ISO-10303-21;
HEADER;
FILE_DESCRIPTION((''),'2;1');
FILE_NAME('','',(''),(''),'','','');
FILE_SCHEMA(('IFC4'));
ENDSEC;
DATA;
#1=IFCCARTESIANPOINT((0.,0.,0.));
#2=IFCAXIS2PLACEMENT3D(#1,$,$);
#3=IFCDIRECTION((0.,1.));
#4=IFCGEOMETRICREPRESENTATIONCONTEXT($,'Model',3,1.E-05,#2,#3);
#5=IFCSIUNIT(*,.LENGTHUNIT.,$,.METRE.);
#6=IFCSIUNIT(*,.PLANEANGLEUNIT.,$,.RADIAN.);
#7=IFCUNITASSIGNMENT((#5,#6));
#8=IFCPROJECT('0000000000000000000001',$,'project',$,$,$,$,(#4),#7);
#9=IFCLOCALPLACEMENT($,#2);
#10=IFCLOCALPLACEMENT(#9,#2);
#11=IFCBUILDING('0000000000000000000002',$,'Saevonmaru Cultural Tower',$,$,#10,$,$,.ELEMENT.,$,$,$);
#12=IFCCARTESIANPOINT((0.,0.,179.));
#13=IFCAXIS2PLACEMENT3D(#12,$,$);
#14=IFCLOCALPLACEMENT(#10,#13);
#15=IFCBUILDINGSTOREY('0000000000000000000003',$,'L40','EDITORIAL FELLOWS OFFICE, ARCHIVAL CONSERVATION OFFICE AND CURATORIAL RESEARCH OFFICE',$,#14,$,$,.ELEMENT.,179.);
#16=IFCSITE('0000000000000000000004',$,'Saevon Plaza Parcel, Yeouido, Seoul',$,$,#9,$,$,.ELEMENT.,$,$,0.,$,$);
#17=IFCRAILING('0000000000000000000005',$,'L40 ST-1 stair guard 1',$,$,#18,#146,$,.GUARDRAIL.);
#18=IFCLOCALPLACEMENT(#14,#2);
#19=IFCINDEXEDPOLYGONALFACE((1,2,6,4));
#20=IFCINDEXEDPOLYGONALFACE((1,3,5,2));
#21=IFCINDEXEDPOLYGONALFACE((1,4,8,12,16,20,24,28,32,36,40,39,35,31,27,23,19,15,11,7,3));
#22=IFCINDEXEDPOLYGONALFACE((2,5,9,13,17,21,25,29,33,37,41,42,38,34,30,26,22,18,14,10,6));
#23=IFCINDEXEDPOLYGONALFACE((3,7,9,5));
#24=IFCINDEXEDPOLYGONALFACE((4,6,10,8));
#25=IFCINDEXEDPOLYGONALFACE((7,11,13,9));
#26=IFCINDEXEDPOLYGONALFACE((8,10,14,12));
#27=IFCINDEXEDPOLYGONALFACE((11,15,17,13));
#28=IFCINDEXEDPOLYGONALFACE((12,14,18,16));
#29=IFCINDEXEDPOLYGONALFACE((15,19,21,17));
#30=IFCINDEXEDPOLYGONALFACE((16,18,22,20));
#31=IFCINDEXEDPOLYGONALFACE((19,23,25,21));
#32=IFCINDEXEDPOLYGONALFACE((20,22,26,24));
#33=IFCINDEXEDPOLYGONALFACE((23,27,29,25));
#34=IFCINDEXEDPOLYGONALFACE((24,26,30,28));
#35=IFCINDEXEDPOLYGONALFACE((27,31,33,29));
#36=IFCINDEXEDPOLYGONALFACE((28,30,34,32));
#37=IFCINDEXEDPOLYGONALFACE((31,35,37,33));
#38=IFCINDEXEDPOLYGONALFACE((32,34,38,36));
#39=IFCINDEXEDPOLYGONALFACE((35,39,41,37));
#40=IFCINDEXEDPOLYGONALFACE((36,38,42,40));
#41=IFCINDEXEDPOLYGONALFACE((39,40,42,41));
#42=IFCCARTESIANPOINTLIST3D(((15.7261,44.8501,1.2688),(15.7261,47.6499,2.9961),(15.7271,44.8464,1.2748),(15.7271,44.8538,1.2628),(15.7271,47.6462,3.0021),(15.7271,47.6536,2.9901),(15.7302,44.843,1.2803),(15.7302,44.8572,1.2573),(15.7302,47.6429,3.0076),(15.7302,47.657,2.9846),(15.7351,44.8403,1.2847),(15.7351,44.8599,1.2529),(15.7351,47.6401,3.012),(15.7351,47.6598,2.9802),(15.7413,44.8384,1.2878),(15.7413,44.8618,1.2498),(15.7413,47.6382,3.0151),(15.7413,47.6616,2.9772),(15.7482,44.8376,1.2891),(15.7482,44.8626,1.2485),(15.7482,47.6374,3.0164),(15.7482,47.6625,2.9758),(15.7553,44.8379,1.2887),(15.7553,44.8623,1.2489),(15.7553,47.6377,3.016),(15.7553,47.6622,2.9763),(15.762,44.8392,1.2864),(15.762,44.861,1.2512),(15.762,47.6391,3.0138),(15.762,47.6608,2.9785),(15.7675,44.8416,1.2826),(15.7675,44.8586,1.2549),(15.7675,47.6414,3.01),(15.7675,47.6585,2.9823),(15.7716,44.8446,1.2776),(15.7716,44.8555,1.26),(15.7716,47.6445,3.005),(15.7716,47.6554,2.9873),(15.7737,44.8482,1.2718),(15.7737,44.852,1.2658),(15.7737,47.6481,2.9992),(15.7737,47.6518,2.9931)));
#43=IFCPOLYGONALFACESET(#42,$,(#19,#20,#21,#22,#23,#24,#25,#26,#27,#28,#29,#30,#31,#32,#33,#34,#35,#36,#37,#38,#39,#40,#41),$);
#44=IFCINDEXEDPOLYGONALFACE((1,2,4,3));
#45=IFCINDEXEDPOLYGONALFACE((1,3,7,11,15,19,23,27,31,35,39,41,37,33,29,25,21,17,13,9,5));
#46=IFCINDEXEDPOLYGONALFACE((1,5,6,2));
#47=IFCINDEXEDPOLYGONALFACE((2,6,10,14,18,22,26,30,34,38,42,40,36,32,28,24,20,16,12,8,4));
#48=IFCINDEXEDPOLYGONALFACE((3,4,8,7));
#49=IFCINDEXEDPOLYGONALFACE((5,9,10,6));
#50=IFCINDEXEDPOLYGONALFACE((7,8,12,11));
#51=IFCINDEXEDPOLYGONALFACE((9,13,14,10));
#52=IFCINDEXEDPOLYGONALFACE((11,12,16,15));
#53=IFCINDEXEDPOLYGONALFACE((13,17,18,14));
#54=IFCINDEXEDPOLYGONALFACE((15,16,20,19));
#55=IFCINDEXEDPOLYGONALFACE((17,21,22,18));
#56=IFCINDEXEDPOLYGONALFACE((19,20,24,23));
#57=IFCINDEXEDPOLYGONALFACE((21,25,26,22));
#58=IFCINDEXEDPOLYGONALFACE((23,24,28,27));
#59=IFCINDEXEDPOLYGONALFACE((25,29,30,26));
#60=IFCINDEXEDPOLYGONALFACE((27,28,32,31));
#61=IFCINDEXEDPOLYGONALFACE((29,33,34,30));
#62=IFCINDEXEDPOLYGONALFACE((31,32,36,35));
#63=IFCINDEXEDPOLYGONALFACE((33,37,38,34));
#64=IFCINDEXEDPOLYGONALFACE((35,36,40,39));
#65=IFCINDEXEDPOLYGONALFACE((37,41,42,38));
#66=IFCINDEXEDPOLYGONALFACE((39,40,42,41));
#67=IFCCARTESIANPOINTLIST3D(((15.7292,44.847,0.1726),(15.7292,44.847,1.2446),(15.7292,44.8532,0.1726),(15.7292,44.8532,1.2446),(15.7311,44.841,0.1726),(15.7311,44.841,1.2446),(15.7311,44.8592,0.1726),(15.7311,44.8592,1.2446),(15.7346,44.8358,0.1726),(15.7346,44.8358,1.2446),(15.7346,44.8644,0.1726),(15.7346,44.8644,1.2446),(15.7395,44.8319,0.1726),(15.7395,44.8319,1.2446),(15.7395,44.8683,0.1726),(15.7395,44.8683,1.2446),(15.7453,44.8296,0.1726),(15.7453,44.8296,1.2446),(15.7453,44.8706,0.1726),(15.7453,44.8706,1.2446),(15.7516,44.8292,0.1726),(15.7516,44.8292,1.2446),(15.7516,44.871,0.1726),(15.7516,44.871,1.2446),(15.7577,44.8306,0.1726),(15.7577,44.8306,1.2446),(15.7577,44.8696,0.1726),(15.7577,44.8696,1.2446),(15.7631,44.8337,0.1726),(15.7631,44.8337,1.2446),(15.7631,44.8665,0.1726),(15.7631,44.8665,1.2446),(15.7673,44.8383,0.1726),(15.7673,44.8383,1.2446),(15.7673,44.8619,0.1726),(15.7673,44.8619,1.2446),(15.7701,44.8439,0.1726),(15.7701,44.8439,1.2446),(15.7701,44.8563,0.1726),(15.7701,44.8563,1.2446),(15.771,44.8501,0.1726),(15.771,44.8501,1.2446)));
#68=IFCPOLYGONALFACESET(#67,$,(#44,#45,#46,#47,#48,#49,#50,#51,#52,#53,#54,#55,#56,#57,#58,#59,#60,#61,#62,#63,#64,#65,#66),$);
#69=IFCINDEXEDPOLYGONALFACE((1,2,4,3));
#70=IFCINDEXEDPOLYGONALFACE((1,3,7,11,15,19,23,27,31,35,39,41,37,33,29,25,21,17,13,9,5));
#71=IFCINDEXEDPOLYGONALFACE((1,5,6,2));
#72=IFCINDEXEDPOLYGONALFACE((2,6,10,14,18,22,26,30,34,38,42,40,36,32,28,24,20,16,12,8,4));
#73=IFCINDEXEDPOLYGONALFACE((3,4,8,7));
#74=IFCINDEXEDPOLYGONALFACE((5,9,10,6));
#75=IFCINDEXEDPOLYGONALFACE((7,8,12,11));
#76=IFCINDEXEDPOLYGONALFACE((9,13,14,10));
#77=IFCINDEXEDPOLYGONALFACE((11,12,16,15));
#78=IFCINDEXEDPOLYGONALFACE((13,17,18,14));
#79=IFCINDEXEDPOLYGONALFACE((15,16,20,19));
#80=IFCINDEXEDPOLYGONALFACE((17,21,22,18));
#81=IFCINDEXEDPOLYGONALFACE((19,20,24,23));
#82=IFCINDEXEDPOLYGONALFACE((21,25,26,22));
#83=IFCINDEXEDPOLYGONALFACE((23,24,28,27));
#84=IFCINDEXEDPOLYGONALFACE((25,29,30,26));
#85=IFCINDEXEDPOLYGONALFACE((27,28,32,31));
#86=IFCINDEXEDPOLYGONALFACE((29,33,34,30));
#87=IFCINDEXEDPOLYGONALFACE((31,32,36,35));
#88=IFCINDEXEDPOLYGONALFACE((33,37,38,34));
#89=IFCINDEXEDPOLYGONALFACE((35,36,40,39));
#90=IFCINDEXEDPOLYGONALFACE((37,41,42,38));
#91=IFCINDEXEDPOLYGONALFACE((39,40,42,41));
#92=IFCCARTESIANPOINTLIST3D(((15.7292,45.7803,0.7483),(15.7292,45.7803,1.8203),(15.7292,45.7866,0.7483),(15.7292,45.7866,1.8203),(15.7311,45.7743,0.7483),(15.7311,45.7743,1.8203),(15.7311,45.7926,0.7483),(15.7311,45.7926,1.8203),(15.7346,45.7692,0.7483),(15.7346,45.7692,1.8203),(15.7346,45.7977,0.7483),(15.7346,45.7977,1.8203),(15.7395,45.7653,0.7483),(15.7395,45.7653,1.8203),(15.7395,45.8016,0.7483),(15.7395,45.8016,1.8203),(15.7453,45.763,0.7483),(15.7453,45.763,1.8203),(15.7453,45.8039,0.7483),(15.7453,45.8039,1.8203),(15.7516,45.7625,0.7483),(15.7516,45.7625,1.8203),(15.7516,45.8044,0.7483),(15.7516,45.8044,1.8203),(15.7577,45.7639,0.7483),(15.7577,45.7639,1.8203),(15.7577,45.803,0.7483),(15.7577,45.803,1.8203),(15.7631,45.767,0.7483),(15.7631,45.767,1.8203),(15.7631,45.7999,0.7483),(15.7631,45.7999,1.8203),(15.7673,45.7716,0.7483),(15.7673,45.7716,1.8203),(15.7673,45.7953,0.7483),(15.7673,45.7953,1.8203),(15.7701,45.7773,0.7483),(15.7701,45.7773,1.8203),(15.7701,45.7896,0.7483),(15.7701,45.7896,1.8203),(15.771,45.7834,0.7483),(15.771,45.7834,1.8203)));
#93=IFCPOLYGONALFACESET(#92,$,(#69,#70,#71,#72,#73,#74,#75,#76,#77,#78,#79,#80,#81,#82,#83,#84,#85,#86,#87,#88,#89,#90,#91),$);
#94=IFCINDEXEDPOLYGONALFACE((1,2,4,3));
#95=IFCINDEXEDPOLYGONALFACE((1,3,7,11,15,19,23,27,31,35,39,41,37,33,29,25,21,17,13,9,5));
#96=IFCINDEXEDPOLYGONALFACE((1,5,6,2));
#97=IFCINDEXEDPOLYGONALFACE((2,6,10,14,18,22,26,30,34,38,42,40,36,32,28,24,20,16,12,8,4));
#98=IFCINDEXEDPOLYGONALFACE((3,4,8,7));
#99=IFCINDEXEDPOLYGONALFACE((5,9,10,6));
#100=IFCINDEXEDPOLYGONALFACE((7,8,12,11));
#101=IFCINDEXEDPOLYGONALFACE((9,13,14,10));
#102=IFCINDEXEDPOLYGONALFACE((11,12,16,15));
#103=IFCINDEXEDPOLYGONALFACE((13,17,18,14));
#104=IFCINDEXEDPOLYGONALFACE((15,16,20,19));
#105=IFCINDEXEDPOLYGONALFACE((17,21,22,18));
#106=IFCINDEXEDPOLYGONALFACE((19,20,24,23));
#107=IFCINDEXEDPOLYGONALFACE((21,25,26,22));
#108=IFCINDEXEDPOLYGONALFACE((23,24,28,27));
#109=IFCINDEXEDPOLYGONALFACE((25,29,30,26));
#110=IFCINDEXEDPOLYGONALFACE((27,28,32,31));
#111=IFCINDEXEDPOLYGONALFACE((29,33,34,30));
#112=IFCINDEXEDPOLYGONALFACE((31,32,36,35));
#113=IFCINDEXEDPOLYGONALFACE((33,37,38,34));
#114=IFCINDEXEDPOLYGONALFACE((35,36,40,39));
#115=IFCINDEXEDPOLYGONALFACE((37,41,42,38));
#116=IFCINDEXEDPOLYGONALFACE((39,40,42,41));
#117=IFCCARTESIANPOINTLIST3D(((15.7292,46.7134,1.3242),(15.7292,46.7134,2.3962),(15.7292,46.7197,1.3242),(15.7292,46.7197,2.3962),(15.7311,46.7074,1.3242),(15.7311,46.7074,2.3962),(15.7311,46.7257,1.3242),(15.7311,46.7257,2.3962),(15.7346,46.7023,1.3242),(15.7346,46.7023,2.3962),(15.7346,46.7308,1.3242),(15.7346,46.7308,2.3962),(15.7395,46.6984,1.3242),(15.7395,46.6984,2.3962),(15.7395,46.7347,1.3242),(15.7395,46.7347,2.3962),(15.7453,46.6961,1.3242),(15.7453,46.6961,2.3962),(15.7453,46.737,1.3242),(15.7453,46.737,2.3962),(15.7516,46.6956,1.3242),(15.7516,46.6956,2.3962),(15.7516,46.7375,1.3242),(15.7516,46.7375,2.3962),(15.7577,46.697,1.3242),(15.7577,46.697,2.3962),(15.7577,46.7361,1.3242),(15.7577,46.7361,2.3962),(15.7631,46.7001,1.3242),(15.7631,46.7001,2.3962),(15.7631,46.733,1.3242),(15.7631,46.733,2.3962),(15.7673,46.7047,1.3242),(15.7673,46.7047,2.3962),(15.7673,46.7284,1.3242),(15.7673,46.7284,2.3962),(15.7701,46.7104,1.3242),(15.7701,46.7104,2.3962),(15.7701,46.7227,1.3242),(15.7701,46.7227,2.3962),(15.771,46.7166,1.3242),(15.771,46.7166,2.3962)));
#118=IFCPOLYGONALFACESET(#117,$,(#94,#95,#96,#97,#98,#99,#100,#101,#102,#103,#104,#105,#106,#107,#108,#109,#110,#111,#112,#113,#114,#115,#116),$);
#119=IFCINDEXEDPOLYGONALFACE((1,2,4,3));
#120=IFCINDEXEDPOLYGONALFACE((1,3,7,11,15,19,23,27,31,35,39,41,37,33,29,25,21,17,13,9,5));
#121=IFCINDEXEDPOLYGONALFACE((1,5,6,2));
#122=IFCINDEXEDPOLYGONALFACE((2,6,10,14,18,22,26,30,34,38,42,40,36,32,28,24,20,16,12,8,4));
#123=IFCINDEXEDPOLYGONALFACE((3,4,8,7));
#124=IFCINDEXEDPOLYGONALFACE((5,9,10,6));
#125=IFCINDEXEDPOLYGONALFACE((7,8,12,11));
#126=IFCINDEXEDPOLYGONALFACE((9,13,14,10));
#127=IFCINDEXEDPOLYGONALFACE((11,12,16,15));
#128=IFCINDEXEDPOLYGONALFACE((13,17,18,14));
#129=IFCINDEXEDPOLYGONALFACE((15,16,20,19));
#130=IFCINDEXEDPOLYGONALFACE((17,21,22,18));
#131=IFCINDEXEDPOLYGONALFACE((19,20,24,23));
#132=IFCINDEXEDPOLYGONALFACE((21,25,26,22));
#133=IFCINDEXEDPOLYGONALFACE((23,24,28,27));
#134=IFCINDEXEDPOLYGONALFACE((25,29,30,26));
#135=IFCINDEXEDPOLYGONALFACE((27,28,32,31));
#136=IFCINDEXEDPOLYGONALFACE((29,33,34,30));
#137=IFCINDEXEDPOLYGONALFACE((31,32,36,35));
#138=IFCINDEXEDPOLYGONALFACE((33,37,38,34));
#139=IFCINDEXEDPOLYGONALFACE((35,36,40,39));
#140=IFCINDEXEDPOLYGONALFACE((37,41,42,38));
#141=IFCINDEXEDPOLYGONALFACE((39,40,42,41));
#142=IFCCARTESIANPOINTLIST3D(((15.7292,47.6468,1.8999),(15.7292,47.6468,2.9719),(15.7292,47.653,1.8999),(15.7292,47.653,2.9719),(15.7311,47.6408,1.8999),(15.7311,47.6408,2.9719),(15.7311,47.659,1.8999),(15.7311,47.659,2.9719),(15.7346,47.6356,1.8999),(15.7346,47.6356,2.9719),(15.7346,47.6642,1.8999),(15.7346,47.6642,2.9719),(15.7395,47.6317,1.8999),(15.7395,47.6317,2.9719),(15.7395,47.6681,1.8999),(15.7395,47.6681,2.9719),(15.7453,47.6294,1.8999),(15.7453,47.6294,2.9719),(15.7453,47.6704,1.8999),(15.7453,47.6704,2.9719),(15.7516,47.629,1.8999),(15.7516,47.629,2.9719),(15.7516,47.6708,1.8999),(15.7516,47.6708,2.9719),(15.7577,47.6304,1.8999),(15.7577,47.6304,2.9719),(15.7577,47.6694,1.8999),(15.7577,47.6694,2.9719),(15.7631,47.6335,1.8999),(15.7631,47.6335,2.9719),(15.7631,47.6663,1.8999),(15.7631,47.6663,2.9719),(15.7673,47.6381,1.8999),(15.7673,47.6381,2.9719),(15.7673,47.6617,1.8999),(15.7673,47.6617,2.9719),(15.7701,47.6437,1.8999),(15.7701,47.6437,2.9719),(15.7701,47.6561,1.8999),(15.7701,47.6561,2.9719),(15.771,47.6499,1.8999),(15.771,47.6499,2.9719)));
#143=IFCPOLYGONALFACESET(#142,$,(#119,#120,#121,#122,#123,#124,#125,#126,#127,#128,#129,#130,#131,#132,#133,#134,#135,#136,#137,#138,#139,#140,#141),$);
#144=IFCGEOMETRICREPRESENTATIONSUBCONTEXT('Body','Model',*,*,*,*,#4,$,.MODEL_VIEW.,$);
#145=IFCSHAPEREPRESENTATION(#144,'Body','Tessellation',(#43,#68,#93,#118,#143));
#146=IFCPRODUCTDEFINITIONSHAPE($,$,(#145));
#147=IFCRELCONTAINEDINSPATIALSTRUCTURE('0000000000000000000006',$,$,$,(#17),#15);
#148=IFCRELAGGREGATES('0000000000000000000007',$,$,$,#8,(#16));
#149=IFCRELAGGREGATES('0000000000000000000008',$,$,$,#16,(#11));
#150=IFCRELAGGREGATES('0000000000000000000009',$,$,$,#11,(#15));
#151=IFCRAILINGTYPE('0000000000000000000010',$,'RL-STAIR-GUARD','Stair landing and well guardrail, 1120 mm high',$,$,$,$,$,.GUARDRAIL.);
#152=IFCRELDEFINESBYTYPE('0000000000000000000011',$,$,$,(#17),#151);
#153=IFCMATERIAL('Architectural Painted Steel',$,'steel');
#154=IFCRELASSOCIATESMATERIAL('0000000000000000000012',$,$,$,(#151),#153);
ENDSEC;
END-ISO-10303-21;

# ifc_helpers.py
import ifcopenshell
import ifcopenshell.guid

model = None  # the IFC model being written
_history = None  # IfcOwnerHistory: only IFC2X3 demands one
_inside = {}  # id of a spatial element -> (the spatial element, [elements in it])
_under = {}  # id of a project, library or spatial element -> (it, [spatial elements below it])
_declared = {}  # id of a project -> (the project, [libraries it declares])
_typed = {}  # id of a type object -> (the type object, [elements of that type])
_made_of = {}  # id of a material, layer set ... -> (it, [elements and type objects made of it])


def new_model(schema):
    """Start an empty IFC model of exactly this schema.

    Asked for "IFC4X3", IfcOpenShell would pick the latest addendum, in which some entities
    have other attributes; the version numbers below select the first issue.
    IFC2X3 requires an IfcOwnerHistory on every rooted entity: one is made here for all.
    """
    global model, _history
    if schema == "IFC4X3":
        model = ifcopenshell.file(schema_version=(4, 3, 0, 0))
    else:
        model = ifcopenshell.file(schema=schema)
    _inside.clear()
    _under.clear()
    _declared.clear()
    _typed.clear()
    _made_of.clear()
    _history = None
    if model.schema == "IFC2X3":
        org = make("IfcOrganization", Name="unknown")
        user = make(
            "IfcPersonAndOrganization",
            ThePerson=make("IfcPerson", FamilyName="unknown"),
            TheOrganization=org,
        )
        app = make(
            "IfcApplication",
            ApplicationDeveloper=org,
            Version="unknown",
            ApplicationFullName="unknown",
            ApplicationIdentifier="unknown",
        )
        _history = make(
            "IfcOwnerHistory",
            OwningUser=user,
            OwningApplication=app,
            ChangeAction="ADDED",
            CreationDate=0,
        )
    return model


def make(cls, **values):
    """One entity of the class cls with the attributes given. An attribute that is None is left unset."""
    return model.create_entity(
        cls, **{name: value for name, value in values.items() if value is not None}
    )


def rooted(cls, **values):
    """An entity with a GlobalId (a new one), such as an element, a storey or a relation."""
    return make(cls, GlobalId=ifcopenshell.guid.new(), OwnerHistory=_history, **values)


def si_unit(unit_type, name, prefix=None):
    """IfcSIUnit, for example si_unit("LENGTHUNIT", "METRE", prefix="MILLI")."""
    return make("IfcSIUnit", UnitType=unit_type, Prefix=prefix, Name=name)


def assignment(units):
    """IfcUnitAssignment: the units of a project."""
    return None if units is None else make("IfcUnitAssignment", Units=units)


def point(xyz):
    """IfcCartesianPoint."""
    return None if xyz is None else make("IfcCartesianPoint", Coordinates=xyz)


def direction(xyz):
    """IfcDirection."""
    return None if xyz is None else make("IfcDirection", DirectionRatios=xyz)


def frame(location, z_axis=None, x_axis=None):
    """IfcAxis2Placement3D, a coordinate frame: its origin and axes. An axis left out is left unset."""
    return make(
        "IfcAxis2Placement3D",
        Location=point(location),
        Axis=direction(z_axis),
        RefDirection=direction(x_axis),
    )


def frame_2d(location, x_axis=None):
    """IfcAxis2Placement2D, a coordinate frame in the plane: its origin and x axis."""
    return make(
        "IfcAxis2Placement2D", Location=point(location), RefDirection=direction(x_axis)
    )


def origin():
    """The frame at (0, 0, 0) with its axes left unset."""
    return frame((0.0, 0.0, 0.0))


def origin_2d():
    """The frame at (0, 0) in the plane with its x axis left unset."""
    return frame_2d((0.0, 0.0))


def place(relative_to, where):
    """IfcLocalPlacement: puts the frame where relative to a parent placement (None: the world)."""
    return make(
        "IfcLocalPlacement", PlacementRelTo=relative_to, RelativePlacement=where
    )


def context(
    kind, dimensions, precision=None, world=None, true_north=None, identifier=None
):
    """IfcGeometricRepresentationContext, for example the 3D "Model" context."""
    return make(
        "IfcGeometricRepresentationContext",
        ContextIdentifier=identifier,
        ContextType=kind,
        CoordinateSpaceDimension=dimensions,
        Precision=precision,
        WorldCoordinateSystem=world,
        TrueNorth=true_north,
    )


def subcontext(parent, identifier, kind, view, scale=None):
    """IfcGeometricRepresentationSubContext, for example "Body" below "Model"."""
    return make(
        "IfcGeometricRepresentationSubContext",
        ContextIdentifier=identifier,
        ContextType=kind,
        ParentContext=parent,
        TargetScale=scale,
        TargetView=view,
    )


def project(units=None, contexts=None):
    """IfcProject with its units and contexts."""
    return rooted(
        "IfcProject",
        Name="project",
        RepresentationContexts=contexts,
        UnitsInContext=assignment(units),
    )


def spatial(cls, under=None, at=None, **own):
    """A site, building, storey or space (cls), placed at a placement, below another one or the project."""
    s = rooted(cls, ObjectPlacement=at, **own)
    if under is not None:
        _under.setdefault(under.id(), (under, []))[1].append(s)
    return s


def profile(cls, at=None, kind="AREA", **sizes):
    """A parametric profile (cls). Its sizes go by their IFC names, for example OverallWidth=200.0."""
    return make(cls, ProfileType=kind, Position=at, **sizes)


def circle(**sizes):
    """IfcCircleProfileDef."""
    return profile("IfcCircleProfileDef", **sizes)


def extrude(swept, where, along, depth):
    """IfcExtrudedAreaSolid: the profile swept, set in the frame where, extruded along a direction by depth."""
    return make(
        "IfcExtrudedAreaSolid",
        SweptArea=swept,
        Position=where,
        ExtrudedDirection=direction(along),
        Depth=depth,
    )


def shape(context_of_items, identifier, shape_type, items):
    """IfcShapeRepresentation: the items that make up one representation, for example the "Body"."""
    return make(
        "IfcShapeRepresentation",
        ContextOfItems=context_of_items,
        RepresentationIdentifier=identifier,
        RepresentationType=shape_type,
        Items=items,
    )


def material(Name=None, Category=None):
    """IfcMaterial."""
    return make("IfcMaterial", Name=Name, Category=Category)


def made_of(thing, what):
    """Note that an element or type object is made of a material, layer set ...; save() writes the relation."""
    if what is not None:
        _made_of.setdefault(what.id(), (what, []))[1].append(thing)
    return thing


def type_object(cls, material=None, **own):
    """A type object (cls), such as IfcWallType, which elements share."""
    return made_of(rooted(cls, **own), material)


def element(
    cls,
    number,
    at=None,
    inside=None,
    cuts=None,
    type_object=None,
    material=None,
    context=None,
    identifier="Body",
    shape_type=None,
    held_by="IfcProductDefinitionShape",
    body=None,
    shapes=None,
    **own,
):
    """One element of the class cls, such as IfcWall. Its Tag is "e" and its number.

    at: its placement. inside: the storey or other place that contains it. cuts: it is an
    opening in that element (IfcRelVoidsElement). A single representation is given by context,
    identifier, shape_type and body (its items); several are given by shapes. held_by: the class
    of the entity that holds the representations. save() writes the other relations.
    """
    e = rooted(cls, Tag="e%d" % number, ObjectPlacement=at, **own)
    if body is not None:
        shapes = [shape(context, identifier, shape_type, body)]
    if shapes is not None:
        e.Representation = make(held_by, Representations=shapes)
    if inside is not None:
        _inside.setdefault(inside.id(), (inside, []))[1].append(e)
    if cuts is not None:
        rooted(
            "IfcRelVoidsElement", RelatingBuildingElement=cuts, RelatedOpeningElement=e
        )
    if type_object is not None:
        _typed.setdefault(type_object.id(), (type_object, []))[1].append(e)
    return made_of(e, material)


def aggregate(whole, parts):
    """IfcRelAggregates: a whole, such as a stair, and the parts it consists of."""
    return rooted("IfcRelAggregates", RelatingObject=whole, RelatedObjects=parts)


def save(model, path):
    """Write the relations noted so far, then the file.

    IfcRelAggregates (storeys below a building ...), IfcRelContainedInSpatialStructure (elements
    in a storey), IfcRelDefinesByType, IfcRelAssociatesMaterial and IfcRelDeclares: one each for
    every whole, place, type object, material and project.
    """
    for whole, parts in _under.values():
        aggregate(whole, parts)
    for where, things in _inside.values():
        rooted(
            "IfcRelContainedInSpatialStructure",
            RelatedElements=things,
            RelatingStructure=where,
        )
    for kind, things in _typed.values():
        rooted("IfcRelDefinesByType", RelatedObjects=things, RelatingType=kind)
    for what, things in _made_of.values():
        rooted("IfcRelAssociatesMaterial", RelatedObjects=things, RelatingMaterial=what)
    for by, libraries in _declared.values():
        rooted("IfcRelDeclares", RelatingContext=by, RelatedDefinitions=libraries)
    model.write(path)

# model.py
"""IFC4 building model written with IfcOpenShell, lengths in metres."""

from ifc_helpers import new_model, si_unit, direction, frame, origin, origin_2d, place, context, subcontext, project, spatial, circle, extrude, material, type_object, element, save


model = new_model("IFC4")

# Units and contexts
model_context = context("Model", 3, precision=1e-05, world=origin(), true_north=direction((0.0, 1.0)))
body_context = subcontext(model_context, "Body", "Model", "MODEL_VIEW")
ifc_project = project(units=[si_unit("LENGTHUNIT", "METRE"), si_unit("PLANEANGLEUNIT", "RADIAN")], contexts=[model_context])

# Site, building, storey
site_placement = place(None, origin())
site = spatial("IfcSite", under=ifc_project, at=site_placement, Name="Saevon Plaza Parcel, Yeouido, Seoul", CompositionType="ELEMENT", RefElevation=0.0)
building_placement = place(site_placement, origin())
building = spatial("IfcBuilding", under=site, at=building_placement, Name="Saevonmaru Cultural Tower", CompositionType="ELEMENT")
storey_placement = place(building_placement, frame((0.0, 0.0, 179.0)))
storey = spatial("IfcBuildingStorey", under=building, at=storey_placement, Name="L40", Description="EDITORIAL FELLOWS OFFICE, ARCHIVAL CONSERVATION OFFICE AND CURATORIAL RESEARCH OFFICE", CompositionType="ELEMENT", Elevation=179.0)

# Railing
ifc_material_1 = material(Name="Architectural Painted Steel", Category="steel")
railing_type_1 = type_object("IfcRailingType", Name="RL-STAIR-GUARD", Description="Stair landing and well guardrail, 1120 mm high", PredefinedType="GUARDRAIL", material=ifc_material_1)
railing_1_placement = place(storey_placement, frame((15.75, 44.8501, 0.1726)))
element("IfcRailing", 1, at=railing_1_placement, inside=storey, type_object=railing_type_1, Name="L40 ST-1 stair guard 1", PredefinedType="GUARDRAIL", context=body_context, shape_type="SweptSolid", body=[
    extrude(circle(Radius=0.0239, at=origin_2d()), frame((0.0, 0.0, 1.0962), z_axis=(0.0, 0.851069, 0.525054), x_axis=(-1.0, 0.0, 0.0)), (0.0, 0.0, 1.0), 3.2898),
    extrude(circle(Radius=0.021, at=origin_2d()), origin(), (0.0, 0.0, 1.0), 1.072),
    extrude(circle(Radius=0.021, at=origin_2d()), frame((0.0, 0.9333, 0.5757)), (0.0, 0.0, 1.0), 1.072),
    extrude(circle(Radius=0.021, at=origin_2d()), frame((0.0, 1.8665, 1.1516)), (0.0, 0.0, 1.0), 1.072),
    extrude(circle(Radius=0.021, at=origin_2d()), frame((0.0, 2.7998, 1.7273)), (0.0, 0.0, 1.0), 1.072),
])

save(model, "model.ifc")
